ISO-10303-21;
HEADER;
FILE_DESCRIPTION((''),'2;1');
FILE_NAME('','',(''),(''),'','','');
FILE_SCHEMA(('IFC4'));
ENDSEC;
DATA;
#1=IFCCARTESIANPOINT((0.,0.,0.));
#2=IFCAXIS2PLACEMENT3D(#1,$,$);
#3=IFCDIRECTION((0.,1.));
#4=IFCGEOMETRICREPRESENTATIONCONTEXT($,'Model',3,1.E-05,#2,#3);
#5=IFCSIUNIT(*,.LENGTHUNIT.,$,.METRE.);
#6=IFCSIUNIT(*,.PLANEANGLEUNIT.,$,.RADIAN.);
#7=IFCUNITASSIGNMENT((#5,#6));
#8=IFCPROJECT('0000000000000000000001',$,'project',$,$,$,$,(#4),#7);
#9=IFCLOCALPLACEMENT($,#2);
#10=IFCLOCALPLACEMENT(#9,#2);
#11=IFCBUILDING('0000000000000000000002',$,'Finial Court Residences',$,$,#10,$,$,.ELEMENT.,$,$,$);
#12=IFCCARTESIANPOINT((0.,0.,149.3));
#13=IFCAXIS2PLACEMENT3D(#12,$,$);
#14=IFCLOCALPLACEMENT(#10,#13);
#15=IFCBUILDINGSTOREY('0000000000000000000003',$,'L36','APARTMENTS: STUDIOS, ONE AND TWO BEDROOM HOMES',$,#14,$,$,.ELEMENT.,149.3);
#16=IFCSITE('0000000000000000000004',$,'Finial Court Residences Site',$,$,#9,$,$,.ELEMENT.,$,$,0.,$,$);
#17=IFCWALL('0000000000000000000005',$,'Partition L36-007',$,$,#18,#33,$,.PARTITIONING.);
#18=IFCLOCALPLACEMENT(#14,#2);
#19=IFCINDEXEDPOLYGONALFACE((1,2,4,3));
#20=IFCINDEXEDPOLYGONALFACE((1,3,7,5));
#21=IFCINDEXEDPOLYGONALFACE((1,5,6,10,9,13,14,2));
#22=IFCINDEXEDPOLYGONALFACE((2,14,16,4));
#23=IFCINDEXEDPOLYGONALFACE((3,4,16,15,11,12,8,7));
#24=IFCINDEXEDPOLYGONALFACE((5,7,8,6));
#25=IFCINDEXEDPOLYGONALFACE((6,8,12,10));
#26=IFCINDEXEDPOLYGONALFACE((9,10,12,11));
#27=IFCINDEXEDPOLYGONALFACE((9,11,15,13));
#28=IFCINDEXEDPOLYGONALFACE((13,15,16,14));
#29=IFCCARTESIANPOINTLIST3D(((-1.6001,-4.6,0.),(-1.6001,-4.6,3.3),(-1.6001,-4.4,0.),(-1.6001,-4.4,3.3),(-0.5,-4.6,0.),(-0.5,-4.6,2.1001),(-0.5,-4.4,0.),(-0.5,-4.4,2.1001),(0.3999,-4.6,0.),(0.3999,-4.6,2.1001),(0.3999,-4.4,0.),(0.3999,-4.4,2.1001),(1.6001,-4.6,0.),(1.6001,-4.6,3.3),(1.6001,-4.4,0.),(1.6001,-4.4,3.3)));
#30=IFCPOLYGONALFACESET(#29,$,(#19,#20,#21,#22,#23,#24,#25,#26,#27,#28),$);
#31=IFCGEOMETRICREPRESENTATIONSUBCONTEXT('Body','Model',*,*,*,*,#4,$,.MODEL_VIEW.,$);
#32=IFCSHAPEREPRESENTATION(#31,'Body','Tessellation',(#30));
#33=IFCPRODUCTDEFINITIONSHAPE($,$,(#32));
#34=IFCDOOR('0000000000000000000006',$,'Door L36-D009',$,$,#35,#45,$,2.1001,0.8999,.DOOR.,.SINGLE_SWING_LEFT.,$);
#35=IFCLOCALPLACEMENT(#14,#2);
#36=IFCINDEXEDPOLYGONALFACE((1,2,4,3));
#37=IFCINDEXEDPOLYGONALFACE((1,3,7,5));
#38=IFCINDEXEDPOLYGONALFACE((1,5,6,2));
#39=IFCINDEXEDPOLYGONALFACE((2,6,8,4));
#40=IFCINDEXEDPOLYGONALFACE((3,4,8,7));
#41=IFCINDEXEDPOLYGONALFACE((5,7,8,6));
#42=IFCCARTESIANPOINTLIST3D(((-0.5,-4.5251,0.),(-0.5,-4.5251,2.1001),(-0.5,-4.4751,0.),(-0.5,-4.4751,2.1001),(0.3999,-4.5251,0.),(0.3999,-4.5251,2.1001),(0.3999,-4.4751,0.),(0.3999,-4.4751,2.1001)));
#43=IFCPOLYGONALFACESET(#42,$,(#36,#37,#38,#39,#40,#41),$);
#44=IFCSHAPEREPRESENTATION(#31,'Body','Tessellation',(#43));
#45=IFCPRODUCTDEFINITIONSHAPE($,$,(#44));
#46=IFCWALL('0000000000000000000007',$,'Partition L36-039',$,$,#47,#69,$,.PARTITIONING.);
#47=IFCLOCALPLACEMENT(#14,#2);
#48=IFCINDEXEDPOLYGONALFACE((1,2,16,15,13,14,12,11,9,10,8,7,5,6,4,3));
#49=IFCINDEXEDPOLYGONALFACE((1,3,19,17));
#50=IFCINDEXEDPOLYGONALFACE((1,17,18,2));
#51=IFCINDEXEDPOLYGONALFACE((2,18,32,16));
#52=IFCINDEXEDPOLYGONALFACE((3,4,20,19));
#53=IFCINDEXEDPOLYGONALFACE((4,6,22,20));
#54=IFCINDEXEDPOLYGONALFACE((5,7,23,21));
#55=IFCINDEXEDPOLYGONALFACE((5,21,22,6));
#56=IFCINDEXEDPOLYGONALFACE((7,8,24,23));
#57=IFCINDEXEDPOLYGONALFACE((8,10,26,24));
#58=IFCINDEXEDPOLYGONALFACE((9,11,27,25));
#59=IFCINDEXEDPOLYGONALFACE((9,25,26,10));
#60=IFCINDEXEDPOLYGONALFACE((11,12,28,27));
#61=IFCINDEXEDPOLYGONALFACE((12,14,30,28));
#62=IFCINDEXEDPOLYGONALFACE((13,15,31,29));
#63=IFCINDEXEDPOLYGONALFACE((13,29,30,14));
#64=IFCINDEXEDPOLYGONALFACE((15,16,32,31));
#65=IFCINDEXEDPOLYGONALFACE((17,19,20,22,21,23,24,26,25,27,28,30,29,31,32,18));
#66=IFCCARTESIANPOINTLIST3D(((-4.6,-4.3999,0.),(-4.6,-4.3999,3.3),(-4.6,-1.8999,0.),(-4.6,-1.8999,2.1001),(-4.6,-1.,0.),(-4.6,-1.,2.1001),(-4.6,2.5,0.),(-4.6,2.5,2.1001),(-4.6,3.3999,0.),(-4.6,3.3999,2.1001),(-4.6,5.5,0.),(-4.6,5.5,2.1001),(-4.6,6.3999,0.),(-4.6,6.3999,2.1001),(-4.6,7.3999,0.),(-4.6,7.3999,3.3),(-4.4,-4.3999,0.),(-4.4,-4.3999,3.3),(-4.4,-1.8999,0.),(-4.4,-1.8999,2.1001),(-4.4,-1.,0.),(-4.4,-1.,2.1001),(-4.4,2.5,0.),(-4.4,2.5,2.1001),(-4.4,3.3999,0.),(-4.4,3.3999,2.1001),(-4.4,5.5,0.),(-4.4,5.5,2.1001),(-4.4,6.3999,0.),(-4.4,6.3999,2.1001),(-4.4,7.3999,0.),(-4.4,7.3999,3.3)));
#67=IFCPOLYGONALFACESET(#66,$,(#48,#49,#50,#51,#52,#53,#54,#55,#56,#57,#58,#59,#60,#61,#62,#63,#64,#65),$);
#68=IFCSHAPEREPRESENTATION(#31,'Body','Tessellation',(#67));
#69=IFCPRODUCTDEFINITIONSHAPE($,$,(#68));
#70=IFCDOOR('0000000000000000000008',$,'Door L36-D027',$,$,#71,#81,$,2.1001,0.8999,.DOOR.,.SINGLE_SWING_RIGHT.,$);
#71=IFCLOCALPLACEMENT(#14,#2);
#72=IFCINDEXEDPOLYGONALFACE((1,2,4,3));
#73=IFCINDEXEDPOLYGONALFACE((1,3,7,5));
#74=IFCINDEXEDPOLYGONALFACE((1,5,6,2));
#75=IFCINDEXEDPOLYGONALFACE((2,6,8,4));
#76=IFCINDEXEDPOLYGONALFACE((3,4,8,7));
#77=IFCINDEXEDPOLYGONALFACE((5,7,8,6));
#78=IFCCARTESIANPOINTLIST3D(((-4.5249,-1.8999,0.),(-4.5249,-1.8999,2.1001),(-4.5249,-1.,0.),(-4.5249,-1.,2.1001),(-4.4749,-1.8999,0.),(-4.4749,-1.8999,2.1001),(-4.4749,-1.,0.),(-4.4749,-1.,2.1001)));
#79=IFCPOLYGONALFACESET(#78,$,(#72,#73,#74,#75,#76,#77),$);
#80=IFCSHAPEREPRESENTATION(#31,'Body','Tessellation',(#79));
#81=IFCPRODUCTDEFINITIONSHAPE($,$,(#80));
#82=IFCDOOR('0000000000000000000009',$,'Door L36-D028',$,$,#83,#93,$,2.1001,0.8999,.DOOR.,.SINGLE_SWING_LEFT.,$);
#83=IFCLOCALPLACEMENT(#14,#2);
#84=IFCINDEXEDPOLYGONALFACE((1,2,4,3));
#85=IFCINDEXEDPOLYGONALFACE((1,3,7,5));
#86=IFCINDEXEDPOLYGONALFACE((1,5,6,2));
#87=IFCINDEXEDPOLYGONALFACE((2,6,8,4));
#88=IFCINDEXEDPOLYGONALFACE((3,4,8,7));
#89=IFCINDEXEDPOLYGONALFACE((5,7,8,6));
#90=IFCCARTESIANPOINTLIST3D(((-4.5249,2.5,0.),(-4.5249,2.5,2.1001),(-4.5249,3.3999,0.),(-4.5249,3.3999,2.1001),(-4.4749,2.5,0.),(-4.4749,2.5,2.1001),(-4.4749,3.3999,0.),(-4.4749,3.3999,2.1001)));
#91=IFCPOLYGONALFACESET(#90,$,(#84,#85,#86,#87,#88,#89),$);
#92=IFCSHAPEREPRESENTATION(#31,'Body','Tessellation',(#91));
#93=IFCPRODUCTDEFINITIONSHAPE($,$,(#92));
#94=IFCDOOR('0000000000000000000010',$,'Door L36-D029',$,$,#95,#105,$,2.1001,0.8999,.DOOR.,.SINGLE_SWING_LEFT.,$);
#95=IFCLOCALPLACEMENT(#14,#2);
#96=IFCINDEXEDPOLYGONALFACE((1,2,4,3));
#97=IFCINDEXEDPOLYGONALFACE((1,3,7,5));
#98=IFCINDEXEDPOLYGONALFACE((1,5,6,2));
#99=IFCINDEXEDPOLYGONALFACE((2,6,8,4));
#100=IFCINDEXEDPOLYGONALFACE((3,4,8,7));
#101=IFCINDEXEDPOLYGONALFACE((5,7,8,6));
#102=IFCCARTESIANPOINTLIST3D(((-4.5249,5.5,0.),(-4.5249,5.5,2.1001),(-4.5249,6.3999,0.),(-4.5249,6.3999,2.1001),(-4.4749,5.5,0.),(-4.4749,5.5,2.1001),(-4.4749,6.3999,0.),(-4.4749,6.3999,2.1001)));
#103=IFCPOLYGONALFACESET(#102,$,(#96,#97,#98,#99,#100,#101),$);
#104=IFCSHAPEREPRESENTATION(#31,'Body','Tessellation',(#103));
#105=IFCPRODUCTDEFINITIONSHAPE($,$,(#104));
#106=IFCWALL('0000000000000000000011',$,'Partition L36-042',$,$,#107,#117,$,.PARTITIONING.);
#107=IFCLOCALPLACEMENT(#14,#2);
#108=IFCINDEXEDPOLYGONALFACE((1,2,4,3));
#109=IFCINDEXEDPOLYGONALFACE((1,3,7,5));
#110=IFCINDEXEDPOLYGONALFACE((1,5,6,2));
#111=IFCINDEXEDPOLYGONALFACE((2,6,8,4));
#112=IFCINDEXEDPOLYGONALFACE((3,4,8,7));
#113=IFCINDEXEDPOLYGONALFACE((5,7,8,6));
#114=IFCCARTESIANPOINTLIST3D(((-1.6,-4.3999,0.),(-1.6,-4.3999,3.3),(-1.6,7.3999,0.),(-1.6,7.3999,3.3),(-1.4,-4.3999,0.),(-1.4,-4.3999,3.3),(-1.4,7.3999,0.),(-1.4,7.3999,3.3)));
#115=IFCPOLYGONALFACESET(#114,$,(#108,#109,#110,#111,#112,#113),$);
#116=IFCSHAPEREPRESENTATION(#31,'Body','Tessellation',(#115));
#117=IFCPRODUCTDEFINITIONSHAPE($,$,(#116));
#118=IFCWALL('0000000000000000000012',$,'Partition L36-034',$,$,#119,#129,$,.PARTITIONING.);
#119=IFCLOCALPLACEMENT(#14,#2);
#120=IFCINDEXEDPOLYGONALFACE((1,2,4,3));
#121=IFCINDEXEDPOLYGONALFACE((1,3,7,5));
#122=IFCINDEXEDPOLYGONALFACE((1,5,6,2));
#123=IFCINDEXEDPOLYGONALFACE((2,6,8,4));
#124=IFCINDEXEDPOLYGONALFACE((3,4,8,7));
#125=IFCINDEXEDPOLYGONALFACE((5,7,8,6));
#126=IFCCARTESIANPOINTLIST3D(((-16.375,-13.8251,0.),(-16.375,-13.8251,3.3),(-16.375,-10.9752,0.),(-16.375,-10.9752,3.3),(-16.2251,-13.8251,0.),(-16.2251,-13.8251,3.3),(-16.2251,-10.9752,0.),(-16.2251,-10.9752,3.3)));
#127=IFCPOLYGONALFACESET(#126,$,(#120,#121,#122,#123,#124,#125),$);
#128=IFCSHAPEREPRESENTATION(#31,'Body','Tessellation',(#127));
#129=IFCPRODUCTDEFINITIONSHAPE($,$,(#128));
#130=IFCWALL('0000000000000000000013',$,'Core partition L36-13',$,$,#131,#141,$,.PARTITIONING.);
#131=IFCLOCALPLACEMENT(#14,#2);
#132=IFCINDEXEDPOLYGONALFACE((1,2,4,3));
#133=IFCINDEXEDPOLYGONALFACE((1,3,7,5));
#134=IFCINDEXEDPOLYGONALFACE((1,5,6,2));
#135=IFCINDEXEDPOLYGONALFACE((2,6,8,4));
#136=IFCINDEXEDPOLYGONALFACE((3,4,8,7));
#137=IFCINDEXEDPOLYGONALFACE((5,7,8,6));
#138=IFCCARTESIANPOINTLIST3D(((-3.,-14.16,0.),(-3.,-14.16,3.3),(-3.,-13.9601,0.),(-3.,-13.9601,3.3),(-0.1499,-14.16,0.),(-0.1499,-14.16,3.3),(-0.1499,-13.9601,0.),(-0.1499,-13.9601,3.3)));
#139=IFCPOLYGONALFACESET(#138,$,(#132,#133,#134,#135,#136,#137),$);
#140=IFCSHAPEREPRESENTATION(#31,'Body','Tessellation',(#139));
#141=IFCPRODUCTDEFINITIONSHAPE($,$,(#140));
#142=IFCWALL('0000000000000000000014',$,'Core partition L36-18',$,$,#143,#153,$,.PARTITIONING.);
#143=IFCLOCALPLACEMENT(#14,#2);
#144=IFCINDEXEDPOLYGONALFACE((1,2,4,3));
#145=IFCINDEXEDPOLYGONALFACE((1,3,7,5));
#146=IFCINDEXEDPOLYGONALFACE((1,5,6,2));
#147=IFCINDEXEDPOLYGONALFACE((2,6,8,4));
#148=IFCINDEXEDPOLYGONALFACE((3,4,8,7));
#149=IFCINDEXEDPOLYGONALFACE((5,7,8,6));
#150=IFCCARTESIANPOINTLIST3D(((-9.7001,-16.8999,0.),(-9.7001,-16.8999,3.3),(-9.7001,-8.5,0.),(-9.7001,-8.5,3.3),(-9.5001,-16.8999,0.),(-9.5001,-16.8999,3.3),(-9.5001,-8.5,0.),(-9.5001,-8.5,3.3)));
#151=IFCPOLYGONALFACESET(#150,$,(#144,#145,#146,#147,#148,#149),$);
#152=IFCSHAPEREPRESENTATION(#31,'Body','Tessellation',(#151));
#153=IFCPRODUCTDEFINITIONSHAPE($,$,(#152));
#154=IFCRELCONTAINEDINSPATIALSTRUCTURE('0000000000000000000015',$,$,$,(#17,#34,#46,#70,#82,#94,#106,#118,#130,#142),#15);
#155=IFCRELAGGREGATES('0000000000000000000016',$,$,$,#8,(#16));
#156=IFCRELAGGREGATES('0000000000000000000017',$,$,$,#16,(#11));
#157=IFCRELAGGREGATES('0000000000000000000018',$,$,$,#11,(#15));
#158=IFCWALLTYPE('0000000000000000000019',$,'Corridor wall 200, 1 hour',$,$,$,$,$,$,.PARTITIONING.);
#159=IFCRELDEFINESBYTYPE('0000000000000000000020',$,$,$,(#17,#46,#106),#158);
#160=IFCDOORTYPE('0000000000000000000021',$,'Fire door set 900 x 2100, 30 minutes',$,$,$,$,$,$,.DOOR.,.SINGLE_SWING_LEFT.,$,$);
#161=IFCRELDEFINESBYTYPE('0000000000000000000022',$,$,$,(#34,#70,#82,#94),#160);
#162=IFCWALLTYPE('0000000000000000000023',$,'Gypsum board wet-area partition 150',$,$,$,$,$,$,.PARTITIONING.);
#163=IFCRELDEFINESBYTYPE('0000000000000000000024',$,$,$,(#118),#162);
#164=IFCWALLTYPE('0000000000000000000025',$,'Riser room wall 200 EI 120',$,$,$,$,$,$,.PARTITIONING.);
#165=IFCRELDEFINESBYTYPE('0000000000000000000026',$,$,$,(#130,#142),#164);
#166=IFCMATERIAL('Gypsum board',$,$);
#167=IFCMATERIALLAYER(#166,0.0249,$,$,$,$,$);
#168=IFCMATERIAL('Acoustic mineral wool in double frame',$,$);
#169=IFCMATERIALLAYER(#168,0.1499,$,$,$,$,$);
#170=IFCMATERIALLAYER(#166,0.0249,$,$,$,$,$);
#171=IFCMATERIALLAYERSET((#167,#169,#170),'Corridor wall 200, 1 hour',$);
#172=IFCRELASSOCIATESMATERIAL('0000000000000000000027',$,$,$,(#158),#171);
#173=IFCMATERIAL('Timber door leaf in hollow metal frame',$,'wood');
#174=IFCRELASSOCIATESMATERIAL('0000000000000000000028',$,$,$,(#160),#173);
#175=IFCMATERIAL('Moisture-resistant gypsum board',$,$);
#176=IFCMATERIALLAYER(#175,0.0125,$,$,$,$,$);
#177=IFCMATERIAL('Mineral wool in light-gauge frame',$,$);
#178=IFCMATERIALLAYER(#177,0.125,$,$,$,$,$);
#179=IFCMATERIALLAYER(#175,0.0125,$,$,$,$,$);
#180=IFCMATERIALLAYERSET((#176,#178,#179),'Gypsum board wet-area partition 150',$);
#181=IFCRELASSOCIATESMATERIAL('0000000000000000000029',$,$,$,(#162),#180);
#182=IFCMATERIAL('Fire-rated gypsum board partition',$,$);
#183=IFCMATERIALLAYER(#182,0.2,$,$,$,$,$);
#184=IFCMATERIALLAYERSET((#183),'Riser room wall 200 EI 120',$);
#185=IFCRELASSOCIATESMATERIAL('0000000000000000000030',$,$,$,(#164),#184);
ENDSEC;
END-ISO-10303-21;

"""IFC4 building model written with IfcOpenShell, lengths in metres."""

from ifc_helpers import new_model, si_unit, direction, frame, frame_2d, origin, place, context, subcontext, project, spatial, rectangle, extrude, material, layer, layer_set, type_object, element, fill, save


model = new_model("IFC4")

# Units and contexts
model_context = context("Model", 3, precision=1e-05, world=origin(), true_north=direction((0.0, 1.0)))
body_context = subcontext(model_context, "Body", "Model", "MODEL_VIEW")
ifc_project = project(units=[si_unit("LENGTHUNIT", "METRE"), si_unit("PLANEANGLEUNIT", "RADIAN")], contexts=[model_context])

# Site, building, storey
site_placement = place(None, origin())
site = spatial("IfcSite", under=ifc_project, at=site_placement, Name="Finial Court Residences Site", CompositionType="ELEMENT", RefElevation=0.0)
building_placement = place(site_placement, origin())
building = spatial("IfcBuilding", under=site, at=building_placement, Name="Finial Court Residences", CompositionType="ELEMENT")
storey_placement = place(building_placement, frame((0.0, 0.0, 149.3)))
storey = spatial("IfcBuildingStorey", under=building, at=storey_placement, Name="L36", Description="APARTMENTS: STUDIOS, ONE AND TWO BEDROOM HOMES", CompositionType="ELEMENT", Elevation=149.3)

# Shared definitions
ifc_material_1 = material(Name="Fire-rated gypsum board partition")

# Wall, opening, door
ifc_material_2 = material(Name="Gypsum board")
ifc_layer_1 = layer(ifc_material_2, 0.0249)
ifc_material_3 = material(Name="Acoustic mineral wool in double frame")
ifc_layer_2 = layer(ifc_material_3, 0.1499)
ifc_layer_3 = layer(ifc_material_2, 0.0249)
ifc_layer_set_1 = layer_set([ifc_layer_1, ifc_layer_2, ifc_layer_3], Name="Corridor wall 200, 1 hour")
wall_type_1 = type_object("IfcWallType", Name="Corridor wall 200, 1 hour", PredefinedType="PARTITIONING", material=ifc_layer_set_1)
wall_1_placement = place(storey_placement, frame((-1.6001, -4.5, 0.0), z_axis=(0.0, 0.0, 1.0), x_axis=(1.0, 0.0, 0.0)))
wall_1 = element("IfcWall", 1, at=wall_1_placement, inside=storey, type_object=wall_type_1, Name="Partition L36-007", PredefinedType="PARTITIONING", context=body_context, shape_type="SweptSolid", body=[
    extrude(rectangle(XDim=3.2002, YDim=0.2, at=frame_2d((1.6001, 0.0))), origin(), (0.0, 0.0, 1.0), 3.3),
])
opening_1_placement = place(wall_1_placement, frame((1.1001, 0.0, 0.0)))
opening_1 = element("IfcOpeningElement", 2, at=opening_1_placement, cuts=wall_1, PredefinedType="OPENING", context=body_context, shape_type="SweptSolid", body=[
    extrude(rectangle(XDim=0.8999, YDim=2.1001, at=frame_2d((0.45, 1.05))), frame((0.0, 0.1099, 0.0), z_axis=(0.0, -1.0, 0.0), x_axis=(1.0, 0.0, 0.0)), (0.0, 0.0, 1.0), 0.22),
])
ifc_material_4 = material(Name="Timber door leaf in hollow metal frame", Category="wood")
door_type_1 = type_object("IfcDoorType", Name="Fire door set 900 x 2100, 30 minutes", OperationType="SINGLE_SWING_LEFT", PredefinedType="DOOR", material=ifc_material_4)
door_1_placement = place(opening_1_placement, origin())
door_1 = element("IfcDoor", 3, at=door_1_placement, inside=storey, type_object=door_type_1, Name="Door L36-D009", OperationType="SINGLE_SWING_LEFT", OverallHeight=2.1001, OverallWidth=0.8999, PredefinedType="DOOR", context=body_context, shape_type="SweptSolid", body=[
    extrude(rectangle(XDim=0.8999, YDim=2.1001, at=frame_2d((0.45, 1.05))), frame((0.0, 0.0249, 0.0), z_axis=(0.0, -1.0, 0.0), x_axis=(1.0, 0.0, 0.0)), (0.0, 0.0, 1.0), 0.05),
])
fill(opening_1, door_1)

# Wall, openings, doors
wall_2_placement = place(storey_placement, frame((-4.5, -4.3999, 0.0), z_axis=(0.0, 0.0, 1.0), x_axis=(0.0, 1.0, 0.0)))
wall_2 = element("IfcWall", 4, at=wall_2_placement, inside=storey, type_object=wall_type_1, Name="Partition L36-039", PredefinedType="PARTITIONING", context=body_context, shape_type="SweptSolid", body=[
    extrude(rectangle(XDim=11.7998, YDim=0.2, at=frame_2d((5.8999, 0.0))), origin(), (0.0, 0.0, 1.0), 3.3),
])
opening_2_placement = place(wall_2_placement, frame((2.5, 0.0, 0.0)))
opening_2 = element("IfcOpeningElement", 5, at=opening_2_placement, cuts=wall_2, PredefinedType="OPENING", context=body_context, shape_type="SweptSolid", body=[
    extrude(rectangle(XDim=0.8999, YDim=2.1001, at=frame_2d((0.45, 1.05))), frame((0.0, 0.1099, 0.0), z_axis=(0.0, -1.0, 0.0), x_axis=(1.0, 0.0, 0.0)), (0.0, 0.0, 1.0), 0.22),
])
opening_3_placement = place(wall_2_placement, frame((6.8999, 0.0, 0.0)))
opening_3 = element("IfcOpeningElement", 6, at=opening_3_placement, cuts=wall_2, PredefinedType="OPENING", context=body_context, shape_type="SweptSolid", body=[
    extrude(rectangle(XDim=0.8999, YDim=2.1001, at=frame_2d((0.45, 1.05))), frame((0.0, 0.1099, 0.0), z_axis=(0.0, -1.0, 0.0), x_axis=(1.0, 0.0, 0.0)), (0.0, 0.0, 1.0), 0.22),
])
opening_4_placement = place(wall_2_placement, frame((9.8999, 0.0, 0.0)))
opening_4 = element("IfcOpeningElement", 7, at=opening_4_placement, cuts=wall_2, PredefinedType="OPENING", context=body_context, shape_type="SweptSolid", body=[
    extrude(rectangle(XDim=0.8999, YDim=2.1001, at=frame_2d((0.45, 1.05))), frame((0.0, 0.1099, 0.0), z_axis=(0.0, -1.0, 0.0), x_axis=(1.0, 0.0, 0.0)), (0.0, 0.0, 1.0), 0.22),
])
door_2_placement = place(opening_2_placement, origin())
door_2 = element("IfcDoor", 8, at=door_2_placement, inside=storey, type_object=door_type_1, Name="Door L36-D027", OperationType="SINGLE_SWING_RIGHT", OverallHeight=2.1001, OverallWidth=0.8999, PredefinedType="DOOR", context=body_context, shape_type="SweptSolid", body=[
    extrude(rectangle(XDim=0.8999, YDim=2.1001, at=frame_2d((0.45, 1.05))), frame((0.0, 0.0249, 0.0), z_axis=(0.0, -1.0, 0.0), x_axis=(1.0, 0.0, 0.0)), (0.0, 0.0, 1.0), 0.05),
])
fill(opening_2, door_2)
door_3_placement = place(opening_3_placement, origin())
door_3 = element("IfcDoor", 9, at=door_3_placement, inside=storey, type_object=door_type_1, Name="Door L36-D028", OperationType="SINGLE_SWING_LEFT", OverallHeight=2.1001, OverallWidth=0.8999, PredefinedType="DOOR", context=body_context, shape_type="SweptSolid", body=[
    extrude(rectangle(XDim=0.8999, YDim=2.1001, at=frame_2d((0.45, 1.05))), frame((0.0, 0.0249, 0.0), z_axis=(0.0, -1.0, 0.0), x_axis=(1.0, 0.0, 0.0)), (0.0, 0.0, 1.0), 0.05),
])
fill(opening_3, door_3)
door_4_placement = place(opening_4_placement, origin())
door_4 = element("IfcDoor", 10, at=door_4_placement, inside=storey, type_object=door_type_1, Name="Door L36-D029", OperationType="SINGLE_SWING_LEFT", OverallHeight=2.1001, OverallWidth=0.8999, PredefinedType="DOOR", context=body_context, shape_type="SweptSolid", body=[
    extrude(rectangle(XDim=0.8999, YDim=2.1001, at=frame_2d((0.45, 1.05))), frame((0.0, 0.0249, 0.0), z_axis=(0.0, -1.0, 0.0), x_axis=(1.0, 0.0, 0.0)), (0.0, 0.0, 1.0), 0.05),
])
fill(opening_4, door_4)

# Walls
wall_3_placement = place(storey_placement, frame((-1.5, -4.3999, 0.0), z_axis=(0.0, 0.0, 1.0), x_axis=(0.0, 1.0, 0.0)))
element("IfcWall", 11, at=wall_3_placement, inside=storey, type_object=wall_type_1, Name="Partition L36-042", PredefinedType="PARTITIONING", context=body_context, shape_type="SweptSolid", body=[
    extrude(rectangle(XDim=11.7998, YDim=0.2, at=frame_2d((5.8999, 0.0))), origin(), (0.0, 0.0, 1.0), 3.3),
])
ifc_material_5 = material(Name="Moisture-resistant gypsum board")
ifc_layer_4 = layer(ifc_material_5, 0.0125)
ifc_material_6 = material(Name="Mineral wool in light-gauge frame")
ifc_layer_5 = layer(ifc_material_6, 0.125)
ifc_layer_6 = layer(ifc_material_5, 0.0125)
ifc_layer_set_2 = layer_set([ifc_layer_4, ifc_layer_5, ifc_layer_6], Name="Gypsum board wet-area partition 150")
wall_type_2 = type_object("IfcWallType", Name="Gypsum board wet-area partition 150", PredefinedType="PARTITIONING", material=ifc_layer_set_2)
wall_4_placement = place(storey_placement, frame((-16.3, -13.825, 0.0), z_axis=(0.0, 0.0, 1.0), x_axis=(0.0, 1.0, 0.0)))
element("IfcWall", 12, at=wall_4_placement, inside=storey, type_object=wall_type_2, Name="Partition L36-034", PredefinedType="PARTITIONING", context=body_context, shape_type="SweptSolid", body=[
    extrude(rectangle(XDim=2.8499, YDim=0.1499, at=frame_2d((1.4248, 0.0))), origin(), (0.0, 0.0, 1.0), 3.3),
])
ifc_layer_7 = layer(ifc_material_1, 0.2)
ifc_layer_set_3 = layer_set([ifc_layer_7], Name="Riser room wall 200 EI 120")
wall_type_3 = type_object("IfcWallType", Name="Riser room wall 200 EI 120", PredefinedType="PARTITIONING", material=ifc_layer_set_3)
wall_5_placement = place(storey_placement, frame((-3.0, -14.0601, 0.0), z_axis=(0.0, 0.0, 1.0), x_axis=(1.0, 0.0, 0.0)))
element("IfcWall", 13, at=wall_5_placement, inside=storey, type_object=wall_type_3, Name="Core partition L36-13", PredefinedType="PARTITIONING", context=body_context, shape_type="SweptSolid", body=[
    extrude(rectangle(XDim=2.8501, YDim=0.2, at=frame_2d((1.425, 0.0))), origin(), (0.0, 0.0, 1.0), 3.3),
])
wall_6_placement = place(storey_placement, frame((-9.6001, -16.8999, 0.0), z_axis=(0.0, 0.0, 1.0), x_axis=(0.0, 1.0, 0.0)))
element("IfcWall", 14, at=wall_6_placement, inside=storey, type_object=wall_type_3, Name="Core partition L36-18", PredefinedType="PARTITIONING", context=body_context, shape_type="SweptSolid", body=[
    extrude(rectangle(XDim=8.3999, YDim=0.2, at=frame_2d((4.2, 0.0))), origin(), (0.0, 0.0, 1.0), 3.3),
])

save(model, "model.ifc")
